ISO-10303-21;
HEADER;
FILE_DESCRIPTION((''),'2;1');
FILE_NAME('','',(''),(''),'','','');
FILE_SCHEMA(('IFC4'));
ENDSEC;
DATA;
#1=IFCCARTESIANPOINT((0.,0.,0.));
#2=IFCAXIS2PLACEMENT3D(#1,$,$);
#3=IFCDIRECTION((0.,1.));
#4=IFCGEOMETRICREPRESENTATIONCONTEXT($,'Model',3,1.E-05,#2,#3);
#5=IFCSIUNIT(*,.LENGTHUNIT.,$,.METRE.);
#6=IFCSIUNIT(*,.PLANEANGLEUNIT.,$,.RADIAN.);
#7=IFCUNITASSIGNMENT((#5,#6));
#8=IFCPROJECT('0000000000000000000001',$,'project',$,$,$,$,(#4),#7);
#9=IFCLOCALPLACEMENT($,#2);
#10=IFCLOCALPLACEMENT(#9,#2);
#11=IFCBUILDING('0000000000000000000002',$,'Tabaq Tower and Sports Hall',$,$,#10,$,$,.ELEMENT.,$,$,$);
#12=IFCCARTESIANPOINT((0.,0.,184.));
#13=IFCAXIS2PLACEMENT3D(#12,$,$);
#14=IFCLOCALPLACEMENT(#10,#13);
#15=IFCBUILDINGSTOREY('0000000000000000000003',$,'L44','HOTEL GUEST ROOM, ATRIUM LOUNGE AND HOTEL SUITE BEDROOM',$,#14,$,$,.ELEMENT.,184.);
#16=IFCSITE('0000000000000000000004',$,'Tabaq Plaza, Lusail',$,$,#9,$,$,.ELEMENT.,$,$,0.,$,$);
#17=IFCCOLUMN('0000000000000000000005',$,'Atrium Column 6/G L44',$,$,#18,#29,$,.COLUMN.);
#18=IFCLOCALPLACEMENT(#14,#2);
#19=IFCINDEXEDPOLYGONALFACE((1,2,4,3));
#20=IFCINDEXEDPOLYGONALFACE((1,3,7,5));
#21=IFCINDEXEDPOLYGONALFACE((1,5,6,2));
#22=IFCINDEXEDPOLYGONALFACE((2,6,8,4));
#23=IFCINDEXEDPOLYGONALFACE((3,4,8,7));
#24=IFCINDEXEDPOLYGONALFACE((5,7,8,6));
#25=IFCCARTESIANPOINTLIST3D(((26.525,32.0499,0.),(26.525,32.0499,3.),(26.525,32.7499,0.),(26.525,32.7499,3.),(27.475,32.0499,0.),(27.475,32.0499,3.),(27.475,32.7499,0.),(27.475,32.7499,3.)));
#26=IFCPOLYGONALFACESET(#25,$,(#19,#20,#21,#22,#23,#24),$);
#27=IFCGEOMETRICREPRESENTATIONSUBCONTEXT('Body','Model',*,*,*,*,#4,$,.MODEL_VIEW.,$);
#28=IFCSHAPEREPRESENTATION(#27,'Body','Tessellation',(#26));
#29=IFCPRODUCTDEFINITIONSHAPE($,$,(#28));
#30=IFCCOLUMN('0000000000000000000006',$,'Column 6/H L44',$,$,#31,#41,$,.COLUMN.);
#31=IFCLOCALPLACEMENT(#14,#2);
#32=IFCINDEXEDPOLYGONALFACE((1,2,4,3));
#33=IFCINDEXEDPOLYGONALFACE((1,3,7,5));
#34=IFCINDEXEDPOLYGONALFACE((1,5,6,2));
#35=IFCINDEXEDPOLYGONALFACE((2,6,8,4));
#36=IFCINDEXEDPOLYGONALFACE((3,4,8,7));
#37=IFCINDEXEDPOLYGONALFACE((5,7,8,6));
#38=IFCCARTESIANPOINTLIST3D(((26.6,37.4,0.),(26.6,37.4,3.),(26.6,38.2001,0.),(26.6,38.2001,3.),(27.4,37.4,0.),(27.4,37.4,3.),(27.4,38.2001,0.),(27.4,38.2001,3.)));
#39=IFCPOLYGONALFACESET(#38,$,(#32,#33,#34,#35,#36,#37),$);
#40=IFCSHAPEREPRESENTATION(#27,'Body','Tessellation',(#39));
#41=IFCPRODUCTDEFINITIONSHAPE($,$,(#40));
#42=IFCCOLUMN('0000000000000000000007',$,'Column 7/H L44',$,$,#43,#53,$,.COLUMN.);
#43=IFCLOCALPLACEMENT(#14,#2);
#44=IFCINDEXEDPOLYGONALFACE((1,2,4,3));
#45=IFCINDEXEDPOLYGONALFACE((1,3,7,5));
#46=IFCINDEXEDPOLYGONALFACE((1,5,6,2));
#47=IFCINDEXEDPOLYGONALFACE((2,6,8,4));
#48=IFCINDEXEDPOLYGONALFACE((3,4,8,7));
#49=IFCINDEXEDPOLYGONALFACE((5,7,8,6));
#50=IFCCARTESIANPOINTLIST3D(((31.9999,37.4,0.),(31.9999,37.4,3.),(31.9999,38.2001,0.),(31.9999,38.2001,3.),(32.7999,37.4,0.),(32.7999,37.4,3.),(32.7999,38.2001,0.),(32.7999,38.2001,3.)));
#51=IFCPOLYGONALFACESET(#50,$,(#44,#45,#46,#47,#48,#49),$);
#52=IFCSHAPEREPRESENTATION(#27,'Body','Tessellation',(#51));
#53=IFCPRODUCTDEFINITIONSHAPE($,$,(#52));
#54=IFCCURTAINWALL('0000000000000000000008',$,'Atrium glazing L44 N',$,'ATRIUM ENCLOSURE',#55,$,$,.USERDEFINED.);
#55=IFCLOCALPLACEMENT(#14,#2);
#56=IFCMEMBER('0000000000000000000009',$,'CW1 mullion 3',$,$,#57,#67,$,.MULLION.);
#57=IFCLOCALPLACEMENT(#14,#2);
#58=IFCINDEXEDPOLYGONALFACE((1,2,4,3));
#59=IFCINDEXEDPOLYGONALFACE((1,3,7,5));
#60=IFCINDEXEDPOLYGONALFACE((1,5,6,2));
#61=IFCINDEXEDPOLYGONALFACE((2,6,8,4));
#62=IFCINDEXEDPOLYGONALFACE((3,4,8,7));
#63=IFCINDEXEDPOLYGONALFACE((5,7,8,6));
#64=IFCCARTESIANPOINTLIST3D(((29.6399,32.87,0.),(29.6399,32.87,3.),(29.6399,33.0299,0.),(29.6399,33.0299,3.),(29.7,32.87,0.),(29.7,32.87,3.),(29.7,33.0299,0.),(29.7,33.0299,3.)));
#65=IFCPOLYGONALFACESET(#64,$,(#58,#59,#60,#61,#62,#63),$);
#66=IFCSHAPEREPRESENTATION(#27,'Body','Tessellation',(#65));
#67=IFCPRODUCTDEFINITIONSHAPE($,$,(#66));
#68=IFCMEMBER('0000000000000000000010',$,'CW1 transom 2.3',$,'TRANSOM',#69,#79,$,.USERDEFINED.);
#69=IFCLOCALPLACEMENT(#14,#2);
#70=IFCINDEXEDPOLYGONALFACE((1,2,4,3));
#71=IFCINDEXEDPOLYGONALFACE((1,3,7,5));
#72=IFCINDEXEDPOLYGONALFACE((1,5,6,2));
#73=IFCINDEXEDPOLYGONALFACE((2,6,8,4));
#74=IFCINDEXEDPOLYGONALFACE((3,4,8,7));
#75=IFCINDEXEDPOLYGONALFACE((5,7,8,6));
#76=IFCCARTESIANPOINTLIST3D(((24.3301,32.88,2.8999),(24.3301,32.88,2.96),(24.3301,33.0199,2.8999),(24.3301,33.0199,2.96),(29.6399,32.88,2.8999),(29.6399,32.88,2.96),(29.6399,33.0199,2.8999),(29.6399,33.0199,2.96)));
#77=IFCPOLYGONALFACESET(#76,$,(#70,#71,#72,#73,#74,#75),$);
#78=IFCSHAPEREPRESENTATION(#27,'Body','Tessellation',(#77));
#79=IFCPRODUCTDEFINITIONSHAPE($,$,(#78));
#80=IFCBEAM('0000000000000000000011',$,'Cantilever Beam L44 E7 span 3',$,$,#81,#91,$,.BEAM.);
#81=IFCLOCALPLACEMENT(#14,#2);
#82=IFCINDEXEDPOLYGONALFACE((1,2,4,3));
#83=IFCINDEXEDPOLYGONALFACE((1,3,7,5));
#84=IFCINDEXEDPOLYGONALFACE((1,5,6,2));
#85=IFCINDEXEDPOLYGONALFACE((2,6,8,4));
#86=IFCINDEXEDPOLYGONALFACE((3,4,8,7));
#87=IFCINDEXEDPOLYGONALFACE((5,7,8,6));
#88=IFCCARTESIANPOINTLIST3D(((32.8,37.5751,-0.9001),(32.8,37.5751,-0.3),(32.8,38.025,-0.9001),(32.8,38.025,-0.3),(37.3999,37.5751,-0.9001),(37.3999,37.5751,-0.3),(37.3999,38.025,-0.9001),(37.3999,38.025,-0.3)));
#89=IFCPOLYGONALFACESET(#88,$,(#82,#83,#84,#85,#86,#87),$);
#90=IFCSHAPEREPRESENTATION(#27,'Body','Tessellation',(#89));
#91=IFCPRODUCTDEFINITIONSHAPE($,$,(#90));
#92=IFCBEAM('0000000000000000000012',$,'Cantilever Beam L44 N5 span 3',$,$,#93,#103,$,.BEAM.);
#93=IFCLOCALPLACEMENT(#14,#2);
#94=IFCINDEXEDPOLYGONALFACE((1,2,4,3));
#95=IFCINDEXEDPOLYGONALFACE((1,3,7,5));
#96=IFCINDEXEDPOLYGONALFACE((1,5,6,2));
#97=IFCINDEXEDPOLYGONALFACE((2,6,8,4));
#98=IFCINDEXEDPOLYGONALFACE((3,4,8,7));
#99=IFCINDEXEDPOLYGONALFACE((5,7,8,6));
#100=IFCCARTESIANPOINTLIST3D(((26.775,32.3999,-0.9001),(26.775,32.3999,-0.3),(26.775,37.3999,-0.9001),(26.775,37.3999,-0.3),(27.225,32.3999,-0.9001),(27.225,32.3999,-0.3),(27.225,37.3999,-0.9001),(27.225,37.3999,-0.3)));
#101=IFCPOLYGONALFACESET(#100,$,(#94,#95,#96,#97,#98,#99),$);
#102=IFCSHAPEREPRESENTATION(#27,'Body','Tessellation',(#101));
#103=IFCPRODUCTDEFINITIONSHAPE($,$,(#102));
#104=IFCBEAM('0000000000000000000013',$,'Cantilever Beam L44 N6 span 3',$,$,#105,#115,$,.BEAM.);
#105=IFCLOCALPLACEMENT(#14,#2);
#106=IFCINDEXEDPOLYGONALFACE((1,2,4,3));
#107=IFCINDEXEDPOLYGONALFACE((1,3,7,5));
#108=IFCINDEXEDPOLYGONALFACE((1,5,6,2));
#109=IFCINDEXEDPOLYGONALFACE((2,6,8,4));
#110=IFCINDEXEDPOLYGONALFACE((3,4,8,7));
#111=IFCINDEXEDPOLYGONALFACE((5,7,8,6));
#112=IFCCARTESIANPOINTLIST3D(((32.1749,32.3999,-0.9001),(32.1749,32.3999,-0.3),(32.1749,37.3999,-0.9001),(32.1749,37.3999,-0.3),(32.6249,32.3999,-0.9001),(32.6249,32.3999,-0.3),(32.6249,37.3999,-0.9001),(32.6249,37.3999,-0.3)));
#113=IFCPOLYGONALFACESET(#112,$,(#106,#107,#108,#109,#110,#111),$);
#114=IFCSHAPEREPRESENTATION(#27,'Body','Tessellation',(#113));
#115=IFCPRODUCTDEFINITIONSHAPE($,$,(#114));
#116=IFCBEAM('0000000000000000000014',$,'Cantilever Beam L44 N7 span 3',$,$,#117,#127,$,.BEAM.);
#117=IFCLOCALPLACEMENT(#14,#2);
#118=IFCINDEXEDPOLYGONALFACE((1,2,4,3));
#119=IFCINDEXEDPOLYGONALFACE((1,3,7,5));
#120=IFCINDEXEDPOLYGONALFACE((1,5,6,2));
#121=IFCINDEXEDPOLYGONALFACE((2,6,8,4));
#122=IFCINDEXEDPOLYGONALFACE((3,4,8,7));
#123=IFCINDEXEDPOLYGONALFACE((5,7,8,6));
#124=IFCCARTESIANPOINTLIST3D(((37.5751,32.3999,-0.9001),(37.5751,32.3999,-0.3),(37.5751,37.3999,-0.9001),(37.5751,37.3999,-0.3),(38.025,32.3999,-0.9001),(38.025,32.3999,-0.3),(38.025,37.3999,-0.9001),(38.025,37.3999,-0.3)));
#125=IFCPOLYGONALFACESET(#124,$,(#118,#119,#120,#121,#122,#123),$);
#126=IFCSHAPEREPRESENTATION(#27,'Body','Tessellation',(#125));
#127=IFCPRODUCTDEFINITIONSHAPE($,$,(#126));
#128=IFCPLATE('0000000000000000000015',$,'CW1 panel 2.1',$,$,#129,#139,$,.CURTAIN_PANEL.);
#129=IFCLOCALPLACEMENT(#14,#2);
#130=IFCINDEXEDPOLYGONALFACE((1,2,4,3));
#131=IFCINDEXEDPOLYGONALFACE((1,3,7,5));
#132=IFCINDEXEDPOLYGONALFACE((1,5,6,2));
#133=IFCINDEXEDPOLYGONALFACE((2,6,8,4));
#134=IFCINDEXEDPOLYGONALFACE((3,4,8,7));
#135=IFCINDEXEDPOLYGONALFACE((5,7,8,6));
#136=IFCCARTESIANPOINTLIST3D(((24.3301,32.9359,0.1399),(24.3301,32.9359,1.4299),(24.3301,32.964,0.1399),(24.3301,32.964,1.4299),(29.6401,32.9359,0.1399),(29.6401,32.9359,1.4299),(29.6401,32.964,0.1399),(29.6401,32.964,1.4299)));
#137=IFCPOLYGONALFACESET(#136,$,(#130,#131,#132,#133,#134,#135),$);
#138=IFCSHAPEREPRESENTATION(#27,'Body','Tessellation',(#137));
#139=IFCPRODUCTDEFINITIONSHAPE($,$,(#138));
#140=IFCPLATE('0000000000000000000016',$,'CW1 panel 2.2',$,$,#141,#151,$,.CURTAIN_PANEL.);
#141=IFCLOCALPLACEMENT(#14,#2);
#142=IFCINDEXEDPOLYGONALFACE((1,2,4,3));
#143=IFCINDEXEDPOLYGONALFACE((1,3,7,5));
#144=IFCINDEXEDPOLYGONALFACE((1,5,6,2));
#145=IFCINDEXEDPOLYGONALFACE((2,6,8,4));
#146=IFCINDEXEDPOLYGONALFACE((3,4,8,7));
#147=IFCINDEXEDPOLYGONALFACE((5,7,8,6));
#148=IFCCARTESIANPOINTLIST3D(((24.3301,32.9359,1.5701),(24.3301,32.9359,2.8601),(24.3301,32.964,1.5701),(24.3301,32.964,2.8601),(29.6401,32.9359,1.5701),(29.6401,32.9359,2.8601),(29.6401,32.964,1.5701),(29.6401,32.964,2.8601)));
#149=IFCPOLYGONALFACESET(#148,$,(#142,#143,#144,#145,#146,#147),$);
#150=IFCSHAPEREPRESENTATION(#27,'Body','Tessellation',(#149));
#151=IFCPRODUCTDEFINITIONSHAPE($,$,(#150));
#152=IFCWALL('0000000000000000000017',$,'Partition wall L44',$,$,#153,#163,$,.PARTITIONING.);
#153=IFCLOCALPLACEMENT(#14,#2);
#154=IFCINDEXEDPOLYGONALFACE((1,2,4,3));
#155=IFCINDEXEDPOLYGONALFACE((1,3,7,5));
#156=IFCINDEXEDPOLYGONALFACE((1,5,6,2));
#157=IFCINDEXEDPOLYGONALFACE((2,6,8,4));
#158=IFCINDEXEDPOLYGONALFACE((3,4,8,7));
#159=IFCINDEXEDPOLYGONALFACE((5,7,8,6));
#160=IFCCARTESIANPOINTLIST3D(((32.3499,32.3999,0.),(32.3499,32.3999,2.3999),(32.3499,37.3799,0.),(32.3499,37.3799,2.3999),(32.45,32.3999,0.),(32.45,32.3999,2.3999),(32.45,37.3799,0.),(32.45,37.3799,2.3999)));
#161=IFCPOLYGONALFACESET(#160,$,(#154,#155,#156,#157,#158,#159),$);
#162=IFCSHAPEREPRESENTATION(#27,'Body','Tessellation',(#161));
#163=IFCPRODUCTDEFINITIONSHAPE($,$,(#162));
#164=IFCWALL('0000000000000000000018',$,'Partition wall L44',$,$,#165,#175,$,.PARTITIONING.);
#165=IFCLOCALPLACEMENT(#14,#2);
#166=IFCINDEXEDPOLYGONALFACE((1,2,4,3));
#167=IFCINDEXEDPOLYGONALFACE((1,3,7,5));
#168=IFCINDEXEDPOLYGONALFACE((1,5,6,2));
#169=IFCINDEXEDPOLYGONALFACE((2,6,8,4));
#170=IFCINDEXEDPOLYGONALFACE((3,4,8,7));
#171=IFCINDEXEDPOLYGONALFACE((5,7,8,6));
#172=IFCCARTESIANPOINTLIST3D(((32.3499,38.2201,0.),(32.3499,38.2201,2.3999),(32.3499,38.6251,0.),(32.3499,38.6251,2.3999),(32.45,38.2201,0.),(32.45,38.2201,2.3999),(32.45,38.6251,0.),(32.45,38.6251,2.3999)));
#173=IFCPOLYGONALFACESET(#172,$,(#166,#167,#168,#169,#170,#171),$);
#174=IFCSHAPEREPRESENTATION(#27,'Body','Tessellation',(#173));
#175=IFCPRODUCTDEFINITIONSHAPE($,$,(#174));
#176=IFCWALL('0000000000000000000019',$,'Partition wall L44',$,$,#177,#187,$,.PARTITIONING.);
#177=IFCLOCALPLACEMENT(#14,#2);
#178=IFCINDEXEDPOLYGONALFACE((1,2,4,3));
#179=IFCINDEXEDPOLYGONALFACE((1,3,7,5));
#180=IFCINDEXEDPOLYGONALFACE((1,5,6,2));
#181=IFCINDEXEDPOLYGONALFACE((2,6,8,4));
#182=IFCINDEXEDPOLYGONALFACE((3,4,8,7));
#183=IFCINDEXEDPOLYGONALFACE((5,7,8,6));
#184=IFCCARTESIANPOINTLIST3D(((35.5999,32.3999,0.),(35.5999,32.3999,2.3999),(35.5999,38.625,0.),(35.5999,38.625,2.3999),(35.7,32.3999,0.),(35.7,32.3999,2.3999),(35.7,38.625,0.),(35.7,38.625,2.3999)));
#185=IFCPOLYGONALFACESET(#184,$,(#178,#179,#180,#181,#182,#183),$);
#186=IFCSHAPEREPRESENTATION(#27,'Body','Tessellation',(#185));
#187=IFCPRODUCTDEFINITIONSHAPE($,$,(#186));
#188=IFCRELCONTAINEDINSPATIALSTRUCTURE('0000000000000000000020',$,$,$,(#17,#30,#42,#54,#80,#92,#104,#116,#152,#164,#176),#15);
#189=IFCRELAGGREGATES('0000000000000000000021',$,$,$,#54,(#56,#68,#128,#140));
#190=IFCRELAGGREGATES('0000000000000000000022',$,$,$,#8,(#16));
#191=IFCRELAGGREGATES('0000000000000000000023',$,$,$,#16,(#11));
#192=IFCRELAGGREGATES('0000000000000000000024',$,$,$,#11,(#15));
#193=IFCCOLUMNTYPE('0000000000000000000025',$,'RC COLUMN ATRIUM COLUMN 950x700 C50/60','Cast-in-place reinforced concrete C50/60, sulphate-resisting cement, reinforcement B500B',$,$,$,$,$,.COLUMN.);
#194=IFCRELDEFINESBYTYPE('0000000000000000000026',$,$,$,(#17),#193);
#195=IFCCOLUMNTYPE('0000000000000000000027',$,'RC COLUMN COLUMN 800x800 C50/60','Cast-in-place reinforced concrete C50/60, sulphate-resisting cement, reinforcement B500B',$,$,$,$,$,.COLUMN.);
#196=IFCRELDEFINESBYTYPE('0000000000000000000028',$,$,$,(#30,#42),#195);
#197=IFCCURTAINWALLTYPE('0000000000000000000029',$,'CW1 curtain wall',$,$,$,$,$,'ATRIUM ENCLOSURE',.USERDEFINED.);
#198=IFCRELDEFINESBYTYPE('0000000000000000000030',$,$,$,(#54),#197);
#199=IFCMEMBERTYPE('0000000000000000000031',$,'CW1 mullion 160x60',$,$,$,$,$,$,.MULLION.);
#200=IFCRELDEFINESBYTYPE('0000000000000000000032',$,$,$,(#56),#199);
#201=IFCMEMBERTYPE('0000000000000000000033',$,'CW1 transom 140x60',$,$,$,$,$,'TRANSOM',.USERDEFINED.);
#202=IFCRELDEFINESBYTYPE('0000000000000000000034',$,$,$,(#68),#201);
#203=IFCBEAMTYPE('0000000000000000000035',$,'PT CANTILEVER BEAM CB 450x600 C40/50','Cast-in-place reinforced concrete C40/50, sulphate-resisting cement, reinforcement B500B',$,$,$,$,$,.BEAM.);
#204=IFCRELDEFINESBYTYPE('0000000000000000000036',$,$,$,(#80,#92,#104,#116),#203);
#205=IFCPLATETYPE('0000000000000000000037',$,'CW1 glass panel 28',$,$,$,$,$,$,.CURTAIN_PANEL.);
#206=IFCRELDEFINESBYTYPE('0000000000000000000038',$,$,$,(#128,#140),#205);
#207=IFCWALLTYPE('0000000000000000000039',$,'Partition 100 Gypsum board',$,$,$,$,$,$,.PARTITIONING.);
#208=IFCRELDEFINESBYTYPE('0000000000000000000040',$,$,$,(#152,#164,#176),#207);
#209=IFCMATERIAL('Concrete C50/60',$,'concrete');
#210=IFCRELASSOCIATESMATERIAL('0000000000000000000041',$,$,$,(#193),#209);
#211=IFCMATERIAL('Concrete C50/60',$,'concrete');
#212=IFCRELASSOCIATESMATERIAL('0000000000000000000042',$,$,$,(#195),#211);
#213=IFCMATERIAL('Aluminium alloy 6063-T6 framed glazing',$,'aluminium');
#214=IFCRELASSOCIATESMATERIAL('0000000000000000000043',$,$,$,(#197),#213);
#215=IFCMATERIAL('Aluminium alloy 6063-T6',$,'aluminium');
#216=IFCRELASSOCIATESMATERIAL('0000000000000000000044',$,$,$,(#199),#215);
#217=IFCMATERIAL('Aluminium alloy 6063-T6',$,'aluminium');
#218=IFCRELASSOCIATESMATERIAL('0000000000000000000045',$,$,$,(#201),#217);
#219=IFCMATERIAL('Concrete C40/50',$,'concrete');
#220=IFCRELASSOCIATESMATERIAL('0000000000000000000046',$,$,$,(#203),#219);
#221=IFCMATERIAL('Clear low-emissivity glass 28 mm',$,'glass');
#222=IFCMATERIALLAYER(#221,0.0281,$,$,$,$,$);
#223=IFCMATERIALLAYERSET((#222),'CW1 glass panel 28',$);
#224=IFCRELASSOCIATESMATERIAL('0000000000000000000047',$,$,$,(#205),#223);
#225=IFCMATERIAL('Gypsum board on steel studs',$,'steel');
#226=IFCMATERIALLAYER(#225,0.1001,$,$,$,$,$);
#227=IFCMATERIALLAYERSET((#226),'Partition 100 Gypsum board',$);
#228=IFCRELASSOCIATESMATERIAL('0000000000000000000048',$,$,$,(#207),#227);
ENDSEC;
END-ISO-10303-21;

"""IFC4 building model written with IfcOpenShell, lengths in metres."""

from ifc_helpers import new_model, si_unit, direction, frame, frame_2d, origin, origin_2d, place, context, subcontext, project, spatial, rectangle, extrude, material, layer, layer_set, material_profile, profile_set, type_object, element, aggregate, save


model = new_model("IFC4")

# Units and contexts
model_context = context("Model", 3, precision=1e-05, world=origin(), true_north=direction((0.0, 1.0)))
body_context = subcontext(model_context, "Body", "Model", "MODEL_VIEW")
ifc_project = project(units=[si_unit("LENGTHUNIT", "METRE"), si_unit("PLANEANGLEUNIT", "RADIAN")], contexts=[model_context])

# Site, building, storey
site_placement = place(None, origin())
site = spatial("IfcSite", under=ifc_project, at=site_placement, Name="Tabaq Plaza, Lusail", CompositionType="ELEMENT", RefElevation=0.0)
building_placement = place(site_placement, origin())
building = spatial("IfcBuilding", under=site, at=building_placement, Name="Tabaq Tower and Sports Hall", CompositionType="ELEMENT")
storey_placement = place(building_placement, frame((0.0, 0.0, 184.0)))
storey = spatial("IfcBuildingStorey", under=building, at=storey_placement, Name="L44", Description="HOTEL GUEST ROOM, ATRIUM LOUNGE AND HOTEL SUITE BEDROOM", CompositionType="ELEMENT", Elevation=184.0)

# Columns
ifc_material_1 = material(Name="Concrete C50/60", Category="concrete")
ifc_material_profile_1 = material_profile(ifc_material_1, rectangle(XDim=0.95, YDim=0.7, at=origin_2d()), Name="ATRIUM COLUMN 950x700")
ifc_profile_set_1 = profile_set([ifc_material_profile_1], Name="Concrete C50/60")
column_type_1 = type_object("IfcColumnType", Name="RC COLUMN ATRIUM COLUMN 950x700 C50/60", Description="Cast-in-place reinforced concrete C50/60, sulphate-resisting cement, reinforcement B500B", PredefinedType="COLUMN", material=ifc_profile_set_1)
column_placement = place(storey_placement, frame((27.0, 32.3999, 0.0), z_axis=(0.0, 0.0, 1.0), x_axis=(1.0, 0.0, 0.0)))
element("IfcColumn", 1, at=column_placement, inside=storey, type_object=column_type_1, Name="Atrium Column 6/G L44", PredefinedType="COLUMN", context=body_context, shape_type="SweptSolid", body=[
    extrude(rectangle(XDim=0.95, YDim=0.7, at=origin_2d()), origin(), (0.0, 0.0, 1.0), 3.0),
])
ifc_material_2 = material(Name="Concrete C50/60", Category="concrete")
ifc_material_profile_2 = material_profile(ifc_material_2, rectangle(XDim=0.8, YDim=0.8, at=origin_2d()), Name="COLUMN 800x800")
ifc_profile_set_2 = profile_set([ifc_material_profile_2], Name="Concrete C50/60")
column_type_2 = type_object("IfcColumnType", Name="RC COLUMN COLUMN 800x800 C50/60", Description="Cast-in-place reinforced concrete C50/60, sulphate-resisting cement, reinforcement B500B", PredefinedType="COLUMN", material=ifc_profile_set_2)
for number, where, z_axis, x_axis, name in (
    (2, (27.0, 37.8, 0.0), (0.0, 0.0, 1.0), (1.0, 0.0, 0.0), "Column 6/H L44"),
    (3, (32.3999, 37.8, 0.0), (0.0, 0.0, 1.0), (1.0, 0.0, 0.0), "Column 7/H L44"),
):
    element("IfcColumn", number, at=place(storey_placement, frame(where, z_axis=z_axis, x_axis=x_axis)), inside=storey, type_object=column_type_2, Name=name, PredefinedType="COLUMN", context=body_context, shape_type="SweptSolid", body=[
        extrude(rectangle(XDim=0.8, YDim=0.8, at=origin_2d()), origin(), (0.0, 0.0, 1.0), 3.0),
    ])

# Curtain wall, members
ifc_material_3 = material(Name="Aluminium alloy 6063-T6 framed glazing", Category="aluminium")
curtain_wall_type = type_object("IfcCurtainWallType", Name="CW1 curtain wall", ElementType="ATRIUM ENCLOSURE", PredefinedType="USERDEFINED", material=ifc_material_3)
curtain_wall_placement = place(storey_placement, origin())
curtain_wall = element("IfcCurtainWall", 4, at=curtain_wall_placement, inside=storey, type_object=curtain_wall_type, Name="Atrium glazing L44 N", ObjectType="ATRIUM ENCLOSURE", PredefinedType="USERDEFINED")
ifc_material_4 = material(Name="Aluminium alloy 6063-T6", Category="aluminium")
ifc_material_profile_3 = material_profile(ifc_material_4, rectangle(XDim=0.1599, YDim=0.0601, at=origin_2d()), Name="MULLION 160x60")
ifc_profile_set_3 = profile_set([ifc_material_profile_3], Name="Aluminium alloy 6063-T6")
member_type_1 = type_object("IfcMemberType", Name="CW1 mullion 160x60", PredefinedType="MULLION", material=ifc_profile_set_3)
member_1_placement = place(storey_placement, frame((29.6699, 32.95, 0.0), z_axis=(0.0, 0.0, 1.0), x_axis=(0.0, 1.0, 0.0)))
member_1 = element("IfcMember", 5, at=member_1_placement, type_object=member_type_1, Name="CW1 mullion 3", PredefinedType="MULLION", context=body_context, shape_type="SweptSolid", body=[
    extrude(rectangle(XDim=0.1599, YDim=0.0601, at=origin_2d()), origin(), (0.0, 0.0, 1.0), 3.0),
])
ifc_material_5 = material(Name="Aluminium alloy 6063-T6", Category="aluminium")
ifc_material_profile_4 = material_profile(ifc_material_5, rectangle(XDim=0.1399, YDim=0.0601, at=origin_2d()), Name="TRANSOM 140x60")
ifc_profile_set_4 = profile_set([ifc_material_profile_4], Name="Aluminium alloy 6063-T6")
member_type_2 = type_object("IfcMemberType", Name="CW1 transom 140x60", ElementType="TRANSOM", PredefinedType="USERDEFINED", material=ifc_profile_set_4)
member_2_placement = place(storey_placement, frame((24.3301, 32.95, 2.9299), z_axis=(1.0, 0.0, 0.0), x_axis=(0.0, 1.0, 0.0)))
member_2 = element("IfcMember", 6, at=member_2_placement, type_object=member_type_2, Name="CW1 transom 2.3", ObjectType="TRANSOM", PredefinedType="USERDEFINED", context=body_context, shape_type="SweptSolid", body=[
    extrude(rectangle(XDim=0.1399, YDim=0.0601, at=origin_2d()), origin(), (0.0, 0.0, 1.0), 5.3098),
])

# Beams
ifc_material_6 = material(Name="Concrete C40/50", Category="concrete")
ifc_material_profile_5 = material_profile(ifc_material_6, rectangle(XDim=0.45, YDim=0.6001, at=origin_2d()), Name="CB 450x600")
ifc_profile_set_5 = profile_set([ifc_material_profile_5], Name="Concrete C40/50")
beam_type = type_object("IfcBeamType", Name="PT CANTILEVER BEAM CB 450x600 C40/50", Description="Cast-in-place reinforced concrete C40/50, sulphate-resisting cement, reinforcement B500B", PredefinedType="BEAM", material=ifc_profile_set_5)
beam_placement = place(storey_placement, frame((37.3999, 37.8, -0.6001), z_axis=(-1.0, 0.0, 0.0), x_axis=(0.0, -1.0, 0.0)))
element("IfcBeam", 7, at=beam_placement, inside=storey, type_object=beam_type, Name="Cantilever Beam L44 E7 span 3", PredefinedType="BEAM", context=body_context, shape_type="SweptSolid", body=[
    extrude(rectangle(XDim=0.45, YDim=0.6001, at=origin_2d()), origin(), (0.0, 0.0, 1.0), 4.5999),
])
for number, where, z_axis, x_axis, name in (
    (8, (27.0, 37.3999, -0.6001), (0.0, -1.0, 0.0), (1.0, 0.0, 0.0), "Cantilever Beam L44 N5 span 3"),
    (9, (32.3999, 37.3999, -0.6001), (0.0, -1.0, 0.0), (1.0, 0.0, 0.0), "Cantilever Beam L44 N6 span 3"),
    (10, (37.8, 37.3999, -0.6001), (0.0, -1.0, 0.0), (1.0, 0.0, 0.0), "Cantilever Beam L44 N7 span 3"),
):
    element("IfcBeam", number, at=place(storey_placement, frame(where, z_axis=z_axis, x_axis=x_axis)), inside=storey, type_object=beam_type, Name=name, PredefinedType="BEAM", context=body_context, shape_type="SweptSolid", body=[
        extrude(rectangle(XDim=0.45, YDim=0.6001, at=origin_2d()), origin(), (0.0, 0.0, 1.0), 5.0),
    ])

# Plates
ifc_material_7 = material(Name="Clear low-emissivity glass 28 mm", Category="glass")
ifc_layer_1 = layer(ifc_material_7, 0.0281)
ifc_layer_set_1 = layer_set([ifc_layer_1], Name="CW1 glass panel 28")
plate_type = type_object("IfcPlateType", Name="CW1 glass panel 28", PredefinedType="CURTAIN_PANEL", material=ifc_layer_set_1)
plate_1_placement = place(storey_placement, frame((26.9851, 32.95, 0.1399), z_axis=(0.0, 0.0, 1.0), x_axis=(1.0, 0.0, 0.0)))
plate_1 = element("IfcPlate", 11, at=plate_1_placement, type_object=plate_type, Name="CW1 panel 2.1", PredefinedType="CURTAIN_PANEL", context=body_context, shape_type="SweptSolid", body=[
    extrude(rectangle(XDim=5.3101, YDim=0.0281, at=origin_2d()), origin(), (0.0, 0.0, 1.0), 1.29),
])
plate_2_placement = place(storey_placement, frame((26.9851, 32.95, 1.5701), z_axis=(0.0, 0.0, 1.0), x_axis=(1.0, 0.0, 0.0)))
plate_2 = element("IfcPlate", 12, at=plate_2_placement, type_object=plate_type, Name="CW1 panel 2.2", PredefinedType="CURTAIN_PANEL", context=body_context, shape_type="SweptSolid", body=[
    extrude(rectangle(XDim=5.3101, YDim=0.0281, at=origin_2d()), origin(), (0.0, 0.0, 1.0), 1.29),
])
aggregate(curtain_wall, [member_1, member_2, plate_1, plate_2])

# Walls
ifc_material_8 = material(Name="Gypsum board on steel studs", Category="steel")
ifc_layer_2 = layer(ifc_material_8, 0.1001)
ifc_layer_set_2 = layer_set([ifc_layer_2], Name="Partition 100 Gypsum board")
wall_type_1 = type_object("IfcWallType", Name="Partition 100 Gypsum board", PredefinedType="PARTITIONING", material=ifc_layer_set_2)
wall_1_placement = place(storey_placement, frame((32.3999, 32.3999, 0.0), z_axis=(0.0, 0.0, 1.0), x_axis=(0.0, 1.0, 0.0)))
element("IfcWall", 13, at=wall_1_placement, inside=storey, type_object=wall_type_1, Name="Partition wall L44", PredefinedType="PARTITIONING", context=body_context, shape_type="SweptSolid", body=[
    extrude(rectangle(XDim=4.98, YDim=0.1001, at=frame_2d((2.49, 0.0))), origin(), (0.0, 0.0, 1.0), 2.3999),
])
wall_2_placement = place(storey_placement, frame((32.3999, 38.22, 0.0), z_axis=(0.0, 0.0, 1.0), x_axis=(0.0, 1.0, 0.0)))
element("IfcWall", 14, at=wall_2_placement, inside=storey, type_object=wall_type_1, Name="Partition wall L44", PredefinedType="PARTITIONING", context=body_context, shape_type="SweptSolid", body=[
    extrude(rectangle(XDim=0.405, YDim=0.1001, at=frame_2d((0.2026, 0.0))), origin(), (0.0, 0.0, 1.0), 2.3999),
])
wall_3_placement = place(storey_placement, frame((35.6499, 38.625, 0.0), z_axis=(0.0, 0.0, 1.0), x_axis=(0.0, -1.0, 0.0)))
element("IfcWall", 15, at=wall_3_placement, inside=storey, type_object=wall_type_1, Name="Partition wall L44", PredefinedType="PARTITIONING", context=body_context, shape_type="SweptSolid", body=[
    extrude(rectangle(XDim=6.2251, YDim=0.1001, at=frame_2d((3.1125, 0.0))), origin(), (0.0, 0.0, 1.0), 2.3999),
])

save(model, "model.ifc")
